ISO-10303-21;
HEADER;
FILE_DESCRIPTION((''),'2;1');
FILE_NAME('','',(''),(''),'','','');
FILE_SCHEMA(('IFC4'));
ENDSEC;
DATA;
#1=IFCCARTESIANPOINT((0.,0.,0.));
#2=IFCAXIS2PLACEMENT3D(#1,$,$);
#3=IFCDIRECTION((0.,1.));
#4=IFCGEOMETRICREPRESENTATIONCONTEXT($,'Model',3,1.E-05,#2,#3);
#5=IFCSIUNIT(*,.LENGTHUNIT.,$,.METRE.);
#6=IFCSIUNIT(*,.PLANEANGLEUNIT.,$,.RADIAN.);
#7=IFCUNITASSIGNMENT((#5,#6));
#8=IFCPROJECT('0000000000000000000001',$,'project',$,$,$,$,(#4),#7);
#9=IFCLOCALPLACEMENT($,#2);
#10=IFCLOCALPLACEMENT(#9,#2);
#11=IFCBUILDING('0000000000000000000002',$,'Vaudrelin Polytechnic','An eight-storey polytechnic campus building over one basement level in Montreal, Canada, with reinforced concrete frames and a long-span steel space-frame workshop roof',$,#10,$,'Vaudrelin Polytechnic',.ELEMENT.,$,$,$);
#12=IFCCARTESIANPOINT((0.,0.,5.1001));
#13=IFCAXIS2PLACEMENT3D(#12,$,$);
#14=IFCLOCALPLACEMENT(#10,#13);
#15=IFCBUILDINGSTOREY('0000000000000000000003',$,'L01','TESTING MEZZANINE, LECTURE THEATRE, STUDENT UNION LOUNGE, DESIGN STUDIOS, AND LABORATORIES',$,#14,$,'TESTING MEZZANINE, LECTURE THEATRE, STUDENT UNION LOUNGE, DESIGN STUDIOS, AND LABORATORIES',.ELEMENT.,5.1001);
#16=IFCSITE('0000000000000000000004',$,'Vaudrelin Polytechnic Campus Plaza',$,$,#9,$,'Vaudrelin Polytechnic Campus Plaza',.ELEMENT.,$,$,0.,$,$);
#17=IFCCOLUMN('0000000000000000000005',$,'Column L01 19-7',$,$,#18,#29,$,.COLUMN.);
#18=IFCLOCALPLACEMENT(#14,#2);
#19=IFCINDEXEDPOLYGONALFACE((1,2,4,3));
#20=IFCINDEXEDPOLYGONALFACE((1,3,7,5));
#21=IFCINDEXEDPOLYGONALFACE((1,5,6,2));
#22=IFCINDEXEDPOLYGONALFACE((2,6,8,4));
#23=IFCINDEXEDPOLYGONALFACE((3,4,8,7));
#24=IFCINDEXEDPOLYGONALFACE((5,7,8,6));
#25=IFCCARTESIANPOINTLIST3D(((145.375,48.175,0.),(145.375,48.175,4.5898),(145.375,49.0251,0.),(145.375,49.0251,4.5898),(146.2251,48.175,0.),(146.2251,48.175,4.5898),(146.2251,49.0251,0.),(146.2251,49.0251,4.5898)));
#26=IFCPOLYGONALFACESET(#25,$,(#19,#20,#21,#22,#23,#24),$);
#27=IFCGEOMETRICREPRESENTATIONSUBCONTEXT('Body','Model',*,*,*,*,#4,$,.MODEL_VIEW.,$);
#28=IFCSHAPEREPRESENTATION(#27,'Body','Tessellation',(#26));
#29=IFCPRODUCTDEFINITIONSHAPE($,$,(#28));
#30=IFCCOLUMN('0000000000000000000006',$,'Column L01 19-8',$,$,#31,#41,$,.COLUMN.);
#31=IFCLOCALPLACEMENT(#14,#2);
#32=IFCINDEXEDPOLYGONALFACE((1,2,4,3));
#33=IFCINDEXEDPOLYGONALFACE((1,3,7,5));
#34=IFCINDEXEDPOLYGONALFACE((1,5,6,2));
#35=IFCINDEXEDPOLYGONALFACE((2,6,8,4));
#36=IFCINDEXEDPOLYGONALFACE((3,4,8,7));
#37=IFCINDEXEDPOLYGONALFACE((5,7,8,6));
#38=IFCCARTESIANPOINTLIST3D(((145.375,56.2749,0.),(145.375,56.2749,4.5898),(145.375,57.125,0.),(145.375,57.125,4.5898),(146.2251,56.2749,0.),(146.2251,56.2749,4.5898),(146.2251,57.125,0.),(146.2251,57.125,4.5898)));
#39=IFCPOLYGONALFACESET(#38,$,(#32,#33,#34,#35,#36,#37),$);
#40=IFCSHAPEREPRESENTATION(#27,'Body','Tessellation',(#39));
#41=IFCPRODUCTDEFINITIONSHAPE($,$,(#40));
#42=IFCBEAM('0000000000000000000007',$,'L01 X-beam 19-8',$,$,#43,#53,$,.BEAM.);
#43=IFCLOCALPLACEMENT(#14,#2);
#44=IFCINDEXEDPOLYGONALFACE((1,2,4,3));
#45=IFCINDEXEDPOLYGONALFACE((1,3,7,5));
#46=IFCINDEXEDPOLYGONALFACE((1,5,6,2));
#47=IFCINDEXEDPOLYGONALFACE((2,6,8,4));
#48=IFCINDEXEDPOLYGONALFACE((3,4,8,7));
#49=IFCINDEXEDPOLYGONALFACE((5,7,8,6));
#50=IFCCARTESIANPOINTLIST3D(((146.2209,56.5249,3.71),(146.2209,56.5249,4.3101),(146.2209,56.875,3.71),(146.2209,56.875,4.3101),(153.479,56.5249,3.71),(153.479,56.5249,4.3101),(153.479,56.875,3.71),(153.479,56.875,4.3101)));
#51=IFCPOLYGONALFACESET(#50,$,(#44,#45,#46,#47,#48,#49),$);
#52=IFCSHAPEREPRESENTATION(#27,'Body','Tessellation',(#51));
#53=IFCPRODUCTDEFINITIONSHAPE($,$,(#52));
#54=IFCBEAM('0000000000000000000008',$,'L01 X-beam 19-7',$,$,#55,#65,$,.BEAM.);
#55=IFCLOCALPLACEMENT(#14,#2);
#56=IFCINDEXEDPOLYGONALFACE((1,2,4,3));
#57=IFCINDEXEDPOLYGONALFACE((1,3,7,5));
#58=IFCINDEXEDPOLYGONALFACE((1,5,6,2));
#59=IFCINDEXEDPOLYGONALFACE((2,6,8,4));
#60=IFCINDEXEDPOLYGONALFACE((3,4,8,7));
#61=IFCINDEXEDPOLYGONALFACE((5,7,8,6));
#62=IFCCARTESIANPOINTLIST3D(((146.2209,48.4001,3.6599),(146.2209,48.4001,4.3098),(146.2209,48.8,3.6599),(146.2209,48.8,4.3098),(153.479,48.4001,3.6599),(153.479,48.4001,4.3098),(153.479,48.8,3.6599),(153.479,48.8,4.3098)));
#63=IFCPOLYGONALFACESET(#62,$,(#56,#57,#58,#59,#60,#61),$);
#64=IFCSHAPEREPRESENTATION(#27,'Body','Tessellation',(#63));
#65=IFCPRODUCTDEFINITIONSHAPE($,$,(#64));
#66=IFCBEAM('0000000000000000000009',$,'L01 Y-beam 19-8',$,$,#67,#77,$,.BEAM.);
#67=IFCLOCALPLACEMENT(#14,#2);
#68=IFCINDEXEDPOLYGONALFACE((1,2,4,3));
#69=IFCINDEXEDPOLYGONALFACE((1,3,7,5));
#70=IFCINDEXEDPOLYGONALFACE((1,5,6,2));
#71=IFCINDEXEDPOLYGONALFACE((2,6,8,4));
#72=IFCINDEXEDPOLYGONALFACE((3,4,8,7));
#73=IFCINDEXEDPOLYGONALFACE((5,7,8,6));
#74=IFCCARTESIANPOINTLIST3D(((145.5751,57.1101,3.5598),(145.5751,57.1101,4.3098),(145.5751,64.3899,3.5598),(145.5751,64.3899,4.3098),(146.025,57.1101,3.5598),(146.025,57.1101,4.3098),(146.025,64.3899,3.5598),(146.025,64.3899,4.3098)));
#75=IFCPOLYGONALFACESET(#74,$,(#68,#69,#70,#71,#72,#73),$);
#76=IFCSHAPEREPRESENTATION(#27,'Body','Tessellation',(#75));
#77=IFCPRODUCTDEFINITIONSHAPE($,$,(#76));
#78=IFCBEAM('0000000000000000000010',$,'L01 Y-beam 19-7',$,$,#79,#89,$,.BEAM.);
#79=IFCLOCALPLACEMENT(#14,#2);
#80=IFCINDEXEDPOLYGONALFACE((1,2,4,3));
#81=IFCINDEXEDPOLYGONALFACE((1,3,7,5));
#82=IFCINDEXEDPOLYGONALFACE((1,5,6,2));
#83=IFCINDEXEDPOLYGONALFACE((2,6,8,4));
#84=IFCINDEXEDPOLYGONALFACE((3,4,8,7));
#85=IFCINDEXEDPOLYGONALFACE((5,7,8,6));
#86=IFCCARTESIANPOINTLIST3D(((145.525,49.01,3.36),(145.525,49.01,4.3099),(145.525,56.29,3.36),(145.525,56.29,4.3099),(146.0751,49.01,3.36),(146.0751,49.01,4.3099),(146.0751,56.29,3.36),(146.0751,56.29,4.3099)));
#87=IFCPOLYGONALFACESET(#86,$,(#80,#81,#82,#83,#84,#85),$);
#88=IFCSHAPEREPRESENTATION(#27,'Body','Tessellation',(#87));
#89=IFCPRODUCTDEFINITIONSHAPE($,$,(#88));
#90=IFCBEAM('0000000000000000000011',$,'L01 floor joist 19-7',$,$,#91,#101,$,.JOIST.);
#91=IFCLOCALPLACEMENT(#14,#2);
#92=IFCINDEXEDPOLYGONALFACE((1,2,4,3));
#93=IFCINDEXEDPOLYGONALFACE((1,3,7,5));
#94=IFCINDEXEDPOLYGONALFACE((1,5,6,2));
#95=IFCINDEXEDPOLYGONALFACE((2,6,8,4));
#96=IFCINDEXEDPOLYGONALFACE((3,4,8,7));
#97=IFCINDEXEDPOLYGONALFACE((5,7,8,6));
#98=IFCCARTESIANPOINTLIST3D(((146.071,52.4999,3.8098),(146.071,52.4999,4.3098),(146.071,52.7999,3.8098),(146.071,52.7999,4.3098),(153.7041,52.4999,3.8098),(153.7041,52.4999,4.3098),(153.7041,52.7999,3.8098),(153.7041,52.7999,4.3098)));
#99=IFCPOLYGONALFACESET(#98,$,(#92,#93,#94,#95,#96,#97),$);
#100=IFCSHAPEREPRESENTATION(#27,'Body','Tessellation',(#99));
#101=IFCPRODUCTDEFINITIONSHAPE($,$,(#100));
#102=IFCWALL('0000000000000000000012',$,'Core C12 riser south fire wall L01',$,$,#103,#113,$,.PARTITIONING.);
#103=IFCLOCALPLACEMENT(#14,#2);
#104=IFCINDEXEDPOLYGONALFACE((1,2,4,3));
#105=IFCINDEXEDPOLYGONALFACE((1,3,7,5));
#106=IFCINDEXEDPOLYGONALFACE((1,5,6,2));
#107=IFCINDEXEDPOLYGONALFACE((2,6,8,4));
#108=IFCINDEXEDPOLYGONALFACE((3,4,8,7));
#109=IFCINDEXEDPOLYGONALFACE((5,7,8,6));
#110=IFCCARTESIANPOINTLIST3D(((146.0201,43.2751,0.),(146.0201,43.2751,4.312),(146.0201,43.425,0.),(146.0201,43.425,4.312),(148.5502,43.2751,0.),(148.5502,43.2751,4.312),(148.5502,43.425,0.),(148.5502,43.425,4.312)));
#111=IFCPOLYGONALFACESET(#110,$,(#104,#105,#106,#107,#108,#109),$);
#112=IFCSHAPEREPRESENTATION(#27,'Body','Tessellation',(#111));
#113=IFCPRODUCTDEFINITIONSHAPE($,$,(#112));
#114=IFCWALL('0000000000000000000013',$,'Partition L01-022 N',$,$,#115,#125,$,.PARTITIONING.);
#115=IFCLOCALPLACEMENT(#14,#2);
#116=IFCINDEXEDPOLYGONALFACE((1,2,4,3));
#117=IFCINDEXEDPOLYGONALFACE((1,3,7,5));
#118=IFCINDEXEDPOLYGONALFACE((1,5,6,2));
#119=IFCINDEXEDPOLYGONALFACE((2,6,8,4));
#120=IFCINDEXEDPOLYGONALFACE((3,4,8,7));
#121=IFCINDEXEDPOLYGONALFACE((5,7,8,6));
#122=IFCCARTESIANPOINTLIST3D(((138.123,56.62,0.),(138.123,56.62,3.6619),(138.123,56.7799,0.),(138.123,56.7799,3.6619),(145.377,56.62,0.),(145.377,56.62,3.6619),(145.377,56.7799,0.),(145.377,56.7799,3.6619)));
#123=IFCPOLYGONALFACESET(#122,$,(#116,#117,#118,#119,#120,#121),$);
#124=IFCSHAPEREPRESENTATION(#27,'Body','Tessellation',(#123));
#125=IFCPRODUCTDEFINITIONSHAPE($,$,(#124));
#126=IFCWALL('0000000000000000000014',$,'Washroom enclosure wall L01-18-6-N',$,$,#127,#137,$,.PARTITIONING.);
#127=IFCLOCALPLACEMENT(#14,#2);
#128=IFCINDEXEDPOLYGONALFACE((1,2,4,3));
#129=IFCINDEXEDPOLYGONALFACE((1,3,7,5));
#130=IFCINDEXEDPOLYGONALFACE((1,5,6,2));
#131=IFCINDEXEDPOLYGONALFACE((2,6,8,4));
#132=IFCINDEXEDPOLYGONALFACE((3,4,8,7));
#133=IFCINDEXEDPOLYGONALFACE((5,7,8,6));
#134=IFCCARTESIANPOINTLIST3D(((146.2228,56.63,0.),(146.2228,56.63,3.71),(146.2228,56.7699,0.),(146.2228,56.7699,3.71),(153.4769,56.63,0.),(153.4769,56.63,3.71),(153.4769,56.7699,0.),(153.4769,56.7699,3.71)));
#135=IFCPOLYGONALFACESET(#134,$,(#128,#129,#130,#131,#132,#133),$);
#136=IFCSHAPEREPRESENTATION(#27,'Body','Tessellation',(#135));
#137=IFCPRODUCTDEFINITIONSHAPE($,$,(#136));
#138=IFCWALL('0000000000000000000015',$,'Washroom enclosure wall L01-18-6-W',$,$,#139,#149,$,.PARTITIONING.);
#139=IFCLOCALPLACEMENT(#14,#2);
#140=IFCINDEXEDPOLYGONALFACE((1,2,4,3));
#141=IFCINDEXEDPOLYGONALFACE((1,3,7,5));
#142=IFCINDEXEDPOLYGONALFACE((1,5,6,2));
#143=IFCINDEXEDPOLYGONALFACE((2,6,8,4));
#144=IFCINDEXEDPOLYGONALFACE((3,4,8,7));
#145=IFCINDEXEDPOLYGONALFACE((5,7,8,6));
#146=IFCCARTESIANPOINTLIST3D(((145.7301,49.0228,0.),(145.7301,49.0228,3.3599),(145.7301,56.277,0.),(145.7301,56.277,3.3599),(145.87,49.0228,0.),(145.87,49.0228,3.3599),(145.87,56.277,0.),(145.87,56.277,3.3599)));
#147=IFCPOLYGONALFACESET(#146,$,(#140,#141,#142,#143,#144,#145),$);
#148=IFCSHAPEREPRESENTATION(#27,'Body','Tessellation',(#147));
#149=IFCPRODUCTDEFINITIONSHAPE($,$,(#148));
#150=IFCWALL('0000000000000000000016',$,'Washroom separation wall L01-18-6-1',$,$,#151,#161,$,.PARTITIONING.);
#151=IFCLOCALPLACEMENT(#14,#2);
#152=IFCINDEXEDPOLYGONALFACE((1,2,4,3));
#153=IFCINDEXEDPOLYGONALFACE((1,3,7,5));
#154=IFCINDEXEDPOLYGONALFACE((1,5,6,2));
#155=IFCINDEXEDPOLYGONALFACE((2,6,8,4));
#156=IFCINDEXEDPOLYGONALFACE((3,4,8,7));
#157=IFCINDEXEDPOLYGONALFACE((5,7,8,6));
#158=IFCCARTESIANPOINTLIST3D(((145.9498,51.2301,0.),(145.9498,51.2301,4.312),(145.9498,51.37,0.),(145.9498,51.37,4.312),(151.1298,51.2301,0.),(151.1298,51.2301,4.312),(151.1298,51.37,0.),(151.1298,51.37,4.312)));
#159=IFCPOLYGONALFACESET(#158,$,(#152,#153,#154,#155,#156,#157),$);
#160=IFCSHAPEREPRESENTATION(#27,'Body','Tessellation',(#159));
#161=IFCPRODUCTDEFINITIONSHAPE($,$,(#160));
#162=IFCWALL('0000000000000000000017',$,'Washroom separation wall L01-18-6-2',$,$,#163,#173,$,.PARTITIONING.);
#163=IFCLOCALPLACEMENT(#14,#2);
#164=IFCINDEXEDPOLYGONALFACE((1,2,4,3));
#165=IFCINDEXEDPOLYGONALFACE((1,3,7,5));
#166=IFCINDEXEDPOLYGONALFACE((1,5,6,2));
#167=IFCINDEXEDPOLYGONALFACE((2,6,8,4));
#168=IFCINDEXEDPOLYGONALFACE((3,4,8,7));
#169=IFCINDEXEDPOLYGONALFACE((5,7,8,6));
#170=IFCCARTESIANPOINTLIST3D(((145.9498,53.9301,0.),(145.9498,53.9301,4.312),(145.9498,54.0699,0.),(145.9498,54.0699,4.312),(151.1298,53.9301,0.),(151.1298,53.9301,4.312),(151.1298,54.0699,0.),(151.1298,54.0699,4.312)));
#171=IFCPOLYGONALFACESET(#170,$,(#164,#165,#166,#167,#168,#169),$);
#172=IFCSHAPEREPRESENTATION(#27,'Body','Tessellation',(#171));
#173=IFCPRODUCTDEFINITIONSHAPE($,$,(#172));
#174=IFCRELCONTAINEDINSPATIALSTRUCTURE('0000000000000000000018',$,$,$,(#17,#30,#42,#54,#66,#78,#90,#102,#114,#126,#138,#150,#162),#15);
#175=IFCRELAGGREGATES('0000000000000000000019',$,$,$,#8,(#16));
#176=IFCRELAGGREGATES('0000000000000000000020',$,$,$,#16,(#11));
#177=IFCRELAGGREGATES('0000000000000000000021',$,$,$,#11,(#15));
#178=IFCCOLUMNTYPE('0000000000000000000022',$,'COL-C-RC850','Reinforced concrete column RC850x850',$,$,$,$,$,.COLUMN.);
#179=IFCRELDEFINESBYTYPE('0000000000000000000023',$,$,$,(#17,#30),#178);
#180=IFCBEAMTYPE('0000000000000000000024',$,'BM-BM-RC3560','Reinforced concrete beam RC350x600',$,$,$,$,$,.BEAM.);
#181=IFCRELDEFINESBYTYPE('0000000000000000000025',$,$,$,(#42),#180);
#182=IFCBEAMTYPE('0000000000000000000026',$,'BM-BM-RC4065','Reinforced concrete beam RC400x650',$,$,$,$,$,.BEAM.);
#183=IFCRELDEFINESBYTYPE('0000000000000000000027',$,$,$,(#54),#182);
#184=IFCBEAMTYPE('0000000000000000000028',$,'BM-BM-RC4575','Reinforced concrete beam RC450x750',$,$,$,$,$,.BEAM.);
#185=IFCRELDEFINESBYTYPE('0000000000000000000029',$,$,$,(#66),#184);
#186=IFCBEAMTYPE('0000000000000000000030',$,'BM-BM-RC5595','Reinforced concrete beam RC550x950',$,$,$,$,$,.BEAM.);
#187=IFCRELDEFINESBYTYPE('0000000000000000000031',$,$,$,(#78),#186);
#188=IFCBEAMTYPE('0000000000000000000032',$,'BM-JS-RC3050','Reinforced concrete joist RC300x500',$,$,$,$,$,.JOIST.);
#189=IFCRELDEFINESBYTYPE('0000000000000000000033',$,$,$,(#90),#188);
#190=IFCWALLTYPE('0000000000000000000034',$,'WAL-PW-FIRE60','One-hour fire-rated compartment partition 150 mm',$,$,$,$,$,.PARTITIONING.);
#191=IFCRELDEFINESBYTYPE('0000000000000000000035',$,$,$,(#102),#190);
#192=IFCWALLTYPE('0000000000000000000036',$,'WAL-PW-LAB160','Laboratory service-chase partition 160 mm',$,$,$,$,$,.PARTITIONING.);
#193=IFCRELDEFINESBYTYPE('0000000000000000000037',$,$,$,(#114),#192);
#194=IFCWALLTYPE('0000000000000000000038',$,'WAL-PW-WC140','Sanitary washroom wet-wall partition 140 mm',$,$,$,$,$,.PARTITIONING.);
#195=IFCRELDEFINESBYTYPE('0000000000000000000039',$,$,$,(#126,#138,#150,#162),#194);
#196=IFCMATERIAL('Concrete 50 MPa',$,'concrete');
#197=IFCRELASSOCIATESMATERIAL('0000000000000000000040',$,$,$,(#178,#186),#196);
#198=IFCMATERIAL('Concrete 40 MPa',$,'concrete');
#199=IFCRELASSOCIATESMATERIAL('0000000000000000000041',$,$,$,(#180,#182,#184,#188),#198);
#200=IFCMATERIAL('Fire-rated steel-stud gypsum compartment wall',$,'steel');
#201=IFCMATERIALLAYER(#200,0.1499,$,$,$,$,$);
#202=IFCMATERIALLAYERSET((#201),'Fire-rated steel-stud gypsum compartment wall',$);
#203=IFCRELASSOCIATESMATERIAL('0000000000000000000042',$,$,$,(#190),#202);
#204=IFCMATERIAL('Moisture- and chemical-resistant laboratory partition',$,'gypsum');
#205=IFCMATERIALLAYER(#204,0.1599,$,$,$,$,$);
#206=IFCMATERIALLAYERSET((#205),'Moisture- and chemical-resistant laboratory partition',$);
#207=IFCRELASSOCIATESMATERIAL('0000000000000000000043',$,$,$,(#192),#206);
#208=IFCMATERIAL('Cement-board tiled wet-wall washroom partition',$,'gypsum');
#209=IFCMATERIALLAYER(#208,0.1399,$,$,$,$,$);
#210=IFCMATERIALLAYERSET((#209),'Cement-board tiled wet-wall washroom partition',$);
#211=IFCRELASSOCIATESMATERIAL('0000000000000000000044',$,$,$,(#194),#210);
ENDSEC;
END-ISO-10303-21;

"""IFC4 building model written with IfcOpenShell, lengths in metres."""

from ifc_helpers import new_model, si_unit, direction, frame, frame_2d, origin, origin_2d, place, context, subcontext, project, spatial, rectangle, extrude, material, layer, layer_set, material_profile, profile_set, type_object, element, save


model = new_model("IFC4")

# Units and contexts
model_context = context("Model", 3, precision=1e-05, world=origin(), true_north=direction((0.0, 1.0)))
body_context = subcontext(model_context, "Body", "Model", "MODEL_VIEW")
ifc_project = project(units=[si_unit("LENGTHUNIT", "METRE"), si_unit("PLANEANGLEUNIT", "RADIAN")], contexts=[model_context])

# Site, building, storey
site_placement = place(None, origin())
site = spatial("IfcSite", under=ifc_project, at=site_placement, Name="Vaudrelin Polytechnic Campus Plaza", LongName="Vaudrelin Polytechnic Campus Plaza", CompositionType="ELEMENT", RefElevation=0.0)
building_placement = place(site_placement, origin())
building = spatial("IfcBuilding", under=site, at=building_placement, Name="Vaudrelin Polytechnic", Description="An eight-storey polytechnic campus building over one basement level in Montreal, Canada, with reinforced concrete frames and a long-span steel space-frame workshop roof", LongName="Vaudrelin Polytechnic", CompositionType="ELEMENT")
storey_placement = place(building_placement, frame((0.0, 0.0, 5.1001)))
storey = spatial("IfcBuildingStorey", under=building, at=storey_placement, Name="L01", Description="TESTING MEZZANINE, LECTURE THEATRE, STUDENT UNION LOUNGE, DESIGN STUDIOS, AND LABORATORIES", LongName="TESTING MEZZANINE, LECTURE THEATRE, STUDENT UNION LOUNGE, DESIGN STUDIOS, AND LABORATORIES", CompositionType="ELEMENT", Elevation=5.1001)

# Columns
ifc_material_1 = material(Name="Concrete 50 MPa", Category="concrete")
ifc_material_profile_1 = material_profile(ifc_material_1, rectangle(XDim=0.8501, YDim=0.8501, at=origin_2d()), Name="RC850x850")
ifc_profile_set_1 = profile_set([ifc_material_profile_1], Name="Concrete 50 MPa")
column_type = type_object("IfcColumnType", Name="COL-C-RC850", Description="Reinforced concrete column RC850x850", PredefinedType="COLUMN", material=ifc_profile_set_1)
for number, where, z_axis, x_axis, name in (
    (1, (145.8, 48.6001, 0.0), (0.0, 0.0, 1.0), (1.0, 0.0, 0.0), "Column L01 19-7"),
    (2, (145.8, 56.7, 0.0), (0.0, 0.0, 1.0), (1.0, 0.0, 0.0), "Column L01 19-8"),
):
    element("IfcColumn", number, at=place(storey_placement, frame(where, z_axis=z_axis, x_axis=x_axis)), inside=storey, type_object=column_type, Name=name, PredefinedType="COLUMN", context=body_context, shape_type="SweptSolid", body=[
        extrude(rectangle(XDim=0.8501, YDim=0.8501, at=origin_2d()), origin(), (0.0, 0.0, 1.0), 4.5898),
    ])

# Beams
ifc_material_2 = material(Name="Concrete 40 MPa", Category="concrete")
ifc_material_profile_2 = material_profile(ifc_material_2, rectangle(XDim=0.3501, YDim=0.6001, at=origin_2d()), Name="RC350x600")
ifc_profile_set_2 = profile_set([ifc_material_profile_2], Name="Concrete 40 MPa")
beam_type_1 = type_object("IfcBeamType", Name="BM-BM-RC3560", Description="Reinforced concrete beam RC350x600", PredefinedType="BEAM", material=ifc_profile_set_2)
beam_1_placement = place(storey_placement, frame((146.2209, 56.7, 4.01), z_axis=(1.0, 0.0, 0.0), x_axis=(0.0, 1.0, 0.0)))
element("IfcBeam", 3, at=beam_1_placement, inside=storey, type_object=beam_type_1, Name="L01 X-beam 19-8", PredefinedType="BEAM", context=body_context, shape_type="SweptSolid", body=[
    extrude(rectangle(XDim=0.3501, YDim=0.6001, at=origin_2d()), origin(), (0.0, 0.0, 1.0), 7.2581),
])
ifc_material_profile_3 = material_profile(ifc_material_2, rectangle(XDim=0.3999, YDim=0.6499, at=origin_2d()), Name="RC400x650")
ifc_profile_set_3 = profile_set([ifc_material_profile_3], Name="Concrete 40 MPa")
beam_type_2 = type_object("IfcBeamType", Name="BM-BM-RC4065", Description="Reinforced concrete beam RC400x650", PredefinedType="BEAM", material=ifc_profile_set_3)
beam_2_placement = place(storey_placement, frame((146.2209, 48.6001, 3.9849), z_axis=(1.0, 0.0, 0.0), x_axis=(0.0, 1.0, 0.0)))
element("IfcBeam", 4, at=beam_2_placement, inside=storey, type_object=beam_type_2, Name="L01 X-beam 19-7", PredefinedType="BEAM", context=body_context, shape_type="SweptSolid", body=[
    extrude(rectangle(XDim=0.3999, YDim=0.6499, at=origin_2d()), origin(), (0.0, 0.0, 1.0), 7.2581),
])
ifc_material_profile_4 = material_profile(ifc_material_2, rectangle(XDim=0.45, YDim=0.75, at=origin_2d()), Name="RC450x750")
ifc_profile_set_4 = profile_set([ifc_material_profile_4], Name="Concrete 40 MPa")
beam_type_3 = type_object("IfcBeamType", Name="BM-BM-RC4575", Description="Reinforced concrete beam RC450x750", PredefinedType="BEAM", material=ifc_profile_set_4)
beam_3_placement = place(storey_placement, frame((145.8, 57.1101, 3.9348), z_axis=(0.0, 1.0, 0.0), x_axis=(-1.0, 0.0, 0.0)))
element("IfcBeam", 5, at=beam_3_placement, inside=storey, type_object=beam_type_3, Name="L01 Y-beam 19-8", PredefinedType="BEAM", context=body_context, shape_type="SweptSolid", body=[
    extrude(rectangle(XDim=0.45, YDim=0.75, at=origin_2d()), origin(), (0.0, 0.0, 1.0), 7.2798),
])
ifc_material_profile_5 = material_profile(ifc_material_1, rectangle(XDim=0.55, YDim=0.95, at=origin_2d()), Name="RC550x950")
ifc_profile_set_5 = profile_set([ifc_material_profile_5], Name="Concrete 50 MPa")
beam_type_4 = type_object("IfcBeamType", Name="BM-BM-RC5595", Description="Reinforced concrete beam RC550x950", PredefinedType="BEAM", material=ifc_profile_set_5)
beam_4_placement = place(storey_placement, frame((145.8, 49.01, 3.835), z_axis=(0.0, 1.0, 0.0), x_axis=(-1.0, 0.0, 0.0)))
element("IfcBeam", 6, at=beam_4_placement, inside=storey, type_object=beam_type_4, Name="L01 Y-beam 19-7", PredefinedType="BEAM", context=body_context, shape_type="SweptSolid", body=[
    extrude(rectangle(XDim=0.55, YDim=0.95, at=origin_2d()), origin(), (0.0, 0.0, 1.0), 7.28),
])
ifc_material_profile_6 = material_profile(ifc_material_2, rectangle(XDim=0.3, YDim=0.5, at=origin_2d()), Name="RC300x500")
ifc_profile_set_6 = profile_set([ifc_material_profile_6], Name="Concrete 40 MPa")
beam_type_5 = type_object("IfcBeamType", Name="BM-JS-RC3050", Description="Reinforced concrete joist RC300x500", PredefinedType="JOIST", material=ifc_profile_set_6)
beam_5_placement = place(storey_placement, frame((146.071, 52.6499, 4.0598), z_axis=(1.0, 0.0, 0.0), x_axis=(0.0, 1.0, 0.0)))
element("IfcBeam", 7, at=beam_5_placement, inside=storey, type_object=beam_type_5, Name="L01 floor joist 19-7", PredefinedType="JOIST", context=body_context, shape_type="SweptSolid", body=[
    extrude(rectangle(XDim=0.3, YDim=0.5, at=origin_2d()), origin(), (0.0, 0.0, 1.0), 7.6331),
])

# Walls
ifc_material_3 = material(Name="Fire-rated steel-stud gypsum compartment wall", Category="steel")
ifc_layer_1 = layer(ifc_material_3, 0.1499)
ifc_layer_set_1 = layer_set([ifc_layer_1], Name="Fire-rated steel-stud gypsum compartment wall")
wall_type_1 = type_object("IfcWallType", Name="WAL-PW-FIRE60", Description="One-hour fire-rated compartment partition 150 mm", PredefinedType="PARTITIONING", material=ifc_layer_set_1)
wall_1_placement = place(storey_placement, frame((146.02, 43.3501, 0.0), z_axis=(0.0, 0.0, 1.0), x_axis=(1.0, 0.0, 0.0)))
element("IfcWall", 8, at=wall_1_placement, inside=storey, type_object=wall_type_1, Name="Core C12 riser south fire wall L01", PredefinedType="PARTITIONING", context=body_context, shape_type="SweptSolid", body=[
    extrude(rectangle(XDim=2.53, YDim=0.1499, at=frame_2d((1.2651, 0.0))), origin(), (0.0, 0.0, 1.0), 4.312),
])
ifc_material_4 = material(Name="Moisture- and chemical-resistant laboratory partition", Category="gypsum")
ifc_layer_2 = layer(ifc_material_4, 0.1599)
ifc_layer_set_2 = layer_set([ifc_layer_2], Name="Moisture- and chemical-resistant laboratory partition")
wall_type_2 = type_object("IfcWallType", Name="WAL-PW-LAB160", Description="Laboratory service-chase partition 160 mm", PredefinedType="PARTITIONING", material=ifc_layer_set_2)
wall_2_placement = place(storey_placement, frame((138.123, 56.7, 0.0), z_axis=(0.0, 0.0, 1.0), x_axis=(1.0, 0.0, 0.0)))
element("IfcWall", 9, at=wall_2_placement, inside=storey, type_object=wall_type_2, Name="Partition L01-022 N", PredefinedType="PARTITIONING", context=body_context, shape_type="SweptSolid", body=[
    extrude(rectangle(XDim=7.2539, YDim=0.1599, at=frame_2d((3.627, 0.0))), origin(), (0.0, 0.0, 1.0), 3.6619),
])
ifc_material_5 = material(Name="Cement-board tiled wet-wall washroom partition", Category="gypsum")
ifc_layer_3 = layer(ifc_material_5, 0.1399)
ifc_layer_set_3 = layer_set([ifc_layer_3], Name="Cement-board tiled wet-wall washroom partition")
wall_type_3 = type_object("IfcWallType", Name="WAL-PW-WC140", Description="Sanitary washroom wet-wall partition 140 mm", PredefinedType="PARTITIONING", material=ifc_layer_set_3)
wall_3_placement = place(storey_placement, frame((146.2229, 56.7, 0.0), z_axis=(0.0, 0.0, 1.0), x_axis=(1.0, 0.0, 0.0)))
element("IfcWall", 10, at=wall_3_placement, inside=storey, type_object=wall_type_3, Name="Washroom enclosure wall L01-18-6-N", PredefinedType="PARTITIONING", context=body_context, shape_type="SweptSolid", body=[
    extrude(rectangle(XDim=7.2542, YDim=0.1399, at=frame_2d((3.627, 0.0))), origin(), (0.0, 0.0, 1.0), 3.71),
])
wall_4_placement = place(storey_placement, frame((145.8, 49.0229, 0.0), z_axis=(0.0, 0.0, 1.0), x_axis=(0.0, 1.0, 0.0)))
element("IfcWall", 11, at=wall_4_placement, inside=storey, type_object=wall_type_3, Name="Washroom enclosure wall L01-18-6-W", PredefinedType="PARTITIONING", context=body_context, shape_type="SweptSolid", body=[
    extrude(rectangle(XDim=7.2542, YDim=0.1399, at=frame_2d((3.627, 0.0))), origin(), (0.0, 0.0, 1.0), 3.3599),
])
for number, where, z_axis, x_axis, name in (
    (12, (145.95, 51.3, 0.0), (0.0, 0.0, 1.0), (1.0, 0.0, 0.0), "Washroom separation wall L01-18-6-1"),
    (13, (145.95, 54.0, 0.0), (0.0, 0.0, 1.0), (1.0, 0.0, 0.0), "Washroom separation wall L01-18-6-2"),
):
    element("IfcWall", number, at=place(storey_placement, frame(where, z_axis=z_axis, x_axis=x_axis)), inside=storey, type_object=wall_type_3, Name=name, PredefinedType="PARTITIONING", context=body_context, shape_type="SweptSolid", body=[
        extrude(rectangle(XDim=5.1799, YDim=0.1399, at=frame_2d((2.5898, 0.0))), origin(), (0.0, 0.0, 1.0), 4.312),
    ])

save(model, "model.ifc")
